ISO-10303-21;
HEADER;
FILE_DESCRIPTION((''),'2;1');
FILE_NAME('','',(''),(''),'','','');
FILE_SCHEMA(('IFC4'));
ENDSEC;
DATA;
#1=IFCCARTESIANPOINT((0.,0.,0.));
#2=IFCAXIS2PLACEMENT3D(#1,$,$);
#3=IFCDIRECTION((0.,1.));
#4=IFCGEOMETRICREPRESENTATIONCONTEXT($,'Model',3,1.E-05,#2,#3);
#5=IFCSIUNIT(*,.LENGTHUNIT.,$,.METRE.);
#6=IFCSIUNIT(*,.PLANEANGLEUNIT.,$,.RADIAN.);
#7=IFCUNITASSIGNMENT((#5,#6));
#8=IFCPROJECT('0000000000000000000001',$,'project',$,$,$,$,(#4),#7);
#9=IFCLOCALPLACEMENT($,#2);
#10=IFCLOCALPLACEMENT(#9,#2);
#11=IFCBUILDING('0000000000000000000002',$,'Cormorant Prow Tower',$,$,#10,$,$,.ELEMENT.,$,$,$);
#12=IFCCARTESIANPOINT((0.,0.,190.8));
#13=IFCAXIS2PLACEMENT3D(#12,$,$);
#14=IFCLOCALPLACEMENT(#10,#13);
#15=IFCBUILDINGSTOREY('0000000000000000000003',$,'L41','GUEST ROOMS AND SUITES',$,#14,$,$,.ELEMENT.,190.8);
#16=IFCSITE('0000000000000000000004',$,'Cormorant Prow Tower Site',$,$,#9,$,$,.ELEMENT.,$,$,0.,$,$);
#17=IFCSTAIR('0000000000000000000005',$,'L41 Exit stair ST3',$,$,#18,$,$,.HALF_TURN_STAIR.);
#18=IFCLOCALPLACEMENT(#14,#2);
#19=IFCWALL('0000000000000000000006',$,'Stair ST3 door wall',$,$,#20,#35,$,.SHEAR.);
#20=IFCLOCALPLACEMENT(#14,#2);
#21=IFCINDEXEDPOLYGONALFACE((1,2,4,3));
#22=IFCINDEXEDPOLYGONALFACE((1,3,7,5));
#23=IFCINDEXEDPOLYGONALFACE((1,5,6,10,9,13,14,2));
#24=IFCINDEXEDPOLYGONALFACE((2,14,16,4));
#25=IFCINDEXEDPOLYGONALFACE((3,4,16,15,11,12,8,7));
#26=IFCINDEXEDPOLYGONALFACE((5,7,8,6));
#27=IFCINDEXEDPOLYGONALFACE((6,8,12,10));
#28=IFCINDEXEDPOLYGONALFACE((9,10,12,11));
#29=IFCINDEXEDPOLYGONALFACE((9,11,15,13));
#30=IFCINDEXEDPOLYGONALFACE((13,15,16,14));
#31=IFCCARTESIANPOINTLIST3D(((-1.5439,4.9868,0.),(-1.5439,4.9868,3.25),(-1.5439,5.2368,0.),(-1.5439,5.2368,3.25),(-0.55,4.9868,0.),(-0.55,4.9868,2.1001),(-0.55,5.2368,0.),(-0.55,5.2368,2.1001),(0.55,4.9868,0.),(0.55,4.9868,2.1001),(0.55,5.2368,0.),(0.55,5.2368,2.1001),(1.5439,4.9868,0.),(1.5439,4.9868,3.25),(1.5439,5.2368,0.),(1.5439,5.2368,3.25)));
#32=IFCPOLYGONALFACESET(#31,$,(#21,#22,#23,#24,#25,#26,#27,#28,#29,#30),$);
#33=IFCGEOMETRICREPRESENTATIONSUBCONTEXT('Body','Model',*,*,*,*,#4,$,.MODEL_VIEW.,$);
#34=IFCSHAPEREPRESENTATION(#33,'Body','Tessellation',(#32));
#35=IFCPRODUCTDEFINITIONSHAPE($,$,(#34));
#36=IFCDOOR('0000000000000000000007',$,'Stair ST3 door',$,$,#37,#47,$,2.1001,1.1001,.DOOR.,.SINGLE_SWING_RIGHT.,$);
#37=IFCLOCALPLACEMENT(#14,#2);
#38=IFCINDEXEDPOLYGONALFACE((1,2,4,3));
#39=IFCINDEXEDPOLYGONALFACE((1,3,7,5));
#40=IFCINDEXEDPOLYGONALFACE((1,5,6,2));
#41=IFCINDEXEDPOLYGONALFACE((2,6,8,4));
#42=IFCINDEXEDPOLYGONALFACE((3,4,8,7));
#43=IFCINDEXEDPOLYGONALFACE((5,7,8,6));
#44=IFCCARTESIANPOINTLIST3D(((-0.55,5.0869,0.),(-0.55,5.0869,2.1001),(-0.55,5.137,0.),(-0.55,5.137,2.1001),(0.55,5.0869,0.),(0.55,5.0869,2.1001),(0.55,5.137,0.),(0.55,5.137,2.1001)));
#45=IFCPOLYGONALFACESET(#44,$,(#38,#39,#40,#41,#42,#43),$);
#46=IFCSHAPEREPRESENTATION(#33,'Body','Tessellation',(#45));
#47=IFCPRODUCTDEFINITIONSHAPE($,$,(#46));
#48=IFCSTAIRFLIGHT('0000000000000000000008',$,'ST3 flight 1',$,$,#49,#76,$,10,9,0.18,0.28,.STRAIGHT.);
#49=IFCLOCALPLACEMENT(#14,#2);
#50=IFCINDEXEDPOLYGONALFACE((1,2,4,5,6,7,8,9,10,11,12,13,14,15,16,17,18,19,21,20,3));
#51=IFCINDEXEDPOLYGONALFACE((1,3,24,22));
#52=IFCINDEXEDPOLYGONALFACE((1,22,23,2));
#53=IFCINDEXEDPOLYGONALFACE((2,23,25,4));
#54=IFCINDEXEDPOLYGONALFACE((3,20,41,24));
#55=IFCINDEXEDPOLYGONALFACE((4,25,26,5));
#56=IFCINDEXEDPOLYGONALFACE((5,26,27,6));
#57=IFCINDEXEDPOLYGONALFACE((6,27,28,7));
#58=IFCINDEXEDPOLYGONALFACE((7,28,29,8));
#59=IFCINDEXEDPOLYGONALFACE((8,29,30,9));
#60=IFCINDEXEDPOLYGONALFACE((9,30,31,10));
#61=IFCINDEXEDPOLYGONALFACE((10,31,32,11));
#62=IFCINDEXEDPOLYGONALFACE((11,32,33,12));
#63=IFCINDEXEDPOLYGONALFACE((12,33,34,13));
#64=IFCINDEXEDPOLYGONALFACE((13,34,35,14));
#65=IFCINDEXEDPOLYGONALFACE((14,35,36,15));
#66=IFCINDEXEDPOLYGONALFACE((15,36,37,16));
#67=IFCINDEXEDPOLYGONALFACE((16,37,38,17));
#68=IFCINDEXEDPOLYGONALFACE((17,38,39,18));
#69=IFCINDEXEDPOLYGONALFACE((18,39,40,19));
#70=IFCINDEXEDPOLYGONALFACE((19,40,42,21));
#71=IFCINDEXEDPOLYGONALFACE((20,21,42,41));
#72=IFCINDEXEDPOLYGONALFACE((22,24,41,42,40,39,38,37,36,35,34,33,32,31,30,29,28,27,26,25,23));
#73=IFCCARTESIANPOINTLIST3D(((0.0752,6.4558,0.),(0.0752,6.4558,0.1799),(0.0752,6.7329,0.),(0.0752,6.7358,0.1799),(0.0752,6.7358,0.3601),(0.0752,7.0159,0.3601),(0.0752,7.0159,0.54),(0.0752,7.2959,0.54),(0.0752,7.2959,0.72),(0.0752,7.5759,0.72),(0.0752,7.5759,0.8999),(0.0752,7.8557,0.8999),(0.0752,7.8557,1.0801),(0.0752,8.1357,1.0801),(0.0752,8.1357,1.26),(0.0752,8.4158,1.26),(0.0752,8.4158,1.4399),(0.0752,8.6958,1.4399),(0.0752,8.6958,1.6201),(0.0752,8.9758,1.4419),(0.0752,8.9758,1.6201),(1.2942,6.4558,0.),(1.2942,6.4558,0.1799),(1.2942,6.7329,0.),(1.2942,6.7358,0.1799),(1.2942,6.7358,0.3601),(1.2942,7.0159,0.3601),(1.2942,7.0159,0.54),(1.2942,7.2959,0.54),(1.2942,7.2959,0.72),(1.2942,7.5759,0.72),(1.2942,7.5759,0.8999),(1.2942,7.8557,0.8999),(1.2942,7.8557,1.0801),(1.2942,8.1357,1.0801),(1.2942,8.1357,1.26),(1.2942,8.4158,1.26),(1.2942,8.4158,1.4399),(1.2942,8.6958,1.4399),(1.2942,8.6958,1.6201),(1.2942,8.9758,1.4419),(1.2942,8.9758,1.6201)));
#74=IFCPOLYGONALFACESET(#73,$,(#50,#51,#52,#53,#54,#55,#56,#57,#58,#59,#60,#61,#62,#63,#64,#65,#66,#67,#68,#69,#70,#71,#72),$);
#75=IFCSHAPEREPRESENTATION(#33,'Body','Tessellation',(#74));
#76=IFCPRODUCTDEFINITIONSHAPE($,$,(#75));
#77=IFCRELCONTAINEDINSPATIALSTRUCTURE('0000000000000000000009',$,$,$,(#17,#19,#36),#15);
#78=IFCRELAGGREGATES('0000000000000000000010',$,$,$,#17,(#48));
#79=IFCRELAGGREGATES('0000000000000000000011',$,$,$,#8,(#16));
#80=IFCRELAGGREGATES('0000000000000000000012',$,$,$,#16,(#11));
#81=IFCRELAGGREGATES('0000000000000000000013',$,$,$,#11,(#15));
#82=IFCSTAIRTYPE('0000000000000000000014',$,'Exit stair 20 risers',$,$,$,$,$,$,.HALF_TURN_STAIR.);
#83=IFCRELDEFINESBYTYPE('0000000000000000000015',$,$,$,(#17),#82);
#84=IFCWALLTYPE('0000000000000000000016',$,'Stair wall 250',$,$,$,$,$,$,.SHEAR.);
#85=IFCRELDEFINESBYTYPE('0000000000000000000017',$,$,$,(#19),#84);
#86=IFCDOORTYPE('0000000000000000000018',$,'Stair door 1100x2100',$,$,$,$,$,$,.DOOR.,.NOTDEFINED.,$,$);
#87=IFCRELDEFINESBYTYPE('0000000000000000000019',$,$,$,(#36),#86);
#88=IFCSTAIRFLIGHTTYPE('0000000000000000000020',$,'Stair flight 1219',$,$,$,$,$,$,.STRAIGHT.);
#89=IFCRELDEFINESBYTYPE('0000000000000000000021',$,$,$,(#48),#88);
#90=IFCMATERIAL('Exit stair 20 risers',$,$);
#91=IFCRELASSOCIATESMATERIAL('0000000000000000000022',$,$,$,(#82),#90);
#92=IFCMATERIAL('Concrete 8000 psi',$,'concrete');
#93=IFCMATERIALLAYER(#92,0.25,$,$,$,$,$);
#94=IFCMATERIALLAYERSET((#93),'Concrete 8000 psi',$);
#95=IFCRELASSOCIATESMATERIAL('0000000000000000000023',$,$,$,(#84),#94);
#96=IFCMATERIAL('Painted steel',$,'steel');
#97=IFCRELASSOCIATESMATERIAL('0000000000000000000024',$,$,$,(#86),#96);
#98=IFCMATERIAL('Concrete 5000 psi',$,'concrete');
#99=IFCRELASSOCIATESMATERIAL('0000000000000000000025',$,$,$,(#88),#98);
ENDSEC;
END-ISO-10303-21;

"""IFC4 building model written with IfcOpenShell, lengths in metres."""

from ifc_helpers import new_model, si_unit, direction, frame, frame_2d, origin, place, context, subcontext, project, spatial, polyline, rectangle, outline, extrude, material, layer, layer_set, type_object, element, fill, aggregate, save


model = new_model("IFC4")

# Units and contexts
model_context = context("Model", 3, precision=1e-05, world=origin(), true_north=direction((0.0, 1.0)))
body_context = subcontext(model_context, "Body", "Model", "MODEL_VIEW")
ifc_project = project(units=[si_unit("LENGTHUNIT", "METRE"), si_unit("PLANEANGLEUNIT", "RADIAN")], contexts=[model_context])

# Site, building, storey
site_placement = place(None, origin())
site = spatial("IfcSite", under=ifc_project, at=site_placement, Name="Cormorant Prow Tower Site", CompositionType="ELEMENT", RefElevation=0.0)
building_placement = place(site_placement, origin())
building = spatial("IfcBuilding", under=site, at=building_placement, Name="Cormorant Prow Tower", CompositionType="ELEMENT")
storey_placement = place(building_placement, frame((0.0, 0.0, 190.8)))
storey = spatial("IfcBuildingStorey", under=building, at=storey_placement, Name="L41", Description="GUEST ROOMS AND SUITES", CompositionType="ELEMENT", Elevation=190.8)

# Stair
ifc_material_1 = material(Name="Exit stair 20 risers")
stair_type = type_object("IfcStairType", Name="Exit stair 20 risers", PredefinedType="HALF_TURN_STAIR", material=ifc_material_1)
stair_1_placement = place(storey_placement, origin())
stair_1 = element("IfcStair", 1, at=stair_1_placement, inside=storey, type_object=stair_type, Name="L41 Exit stair ST3", PredefinedType="HALF_TURN_STAIR")

# Shared definitions
ifc_material_2 = material(Name="Concrete 8000 psi", Category="concrete")
ifc_layer_1 = layer(ifc_material_2, 0.25)
ifc_layer_set_1 = layer_set([ifc_layer_1], Name="Concrete 8000 psi")
wall_type_1 = type_object("IfcWallType", Name="Stair wall 250", PredefinedType="SHEAR", material=ifc_layer_set_1)

# Wall, opening, door
wall_1_placement = place(storey_placement, frame((1.5439, 5.1118, 0.0), z_axis=(0.0, 0.0, 1.0), x_axis=(-1.0, 0.0, 0.0)))
wall_1 = element("IfcWall", 2, at=wall_1_placement, inside=storey, type_object=wall_type_1, Name="Stair ST3 door wall", PredefinedType="SHEAR", context=body_context, shape_type="SweptSolid", body=[
    extrude(rectangle(XDim=3.0879, YDim=0.25, at=frame_2d((1.5439, 0.0))), origin(), (0.0, 0.0, 1.0), 3.25),
])
opening_1_placement = place(wall_1_placement, frame((0.9939, 0.0, 0.0)))
opening_1 = element("IfcOpeningElement", 3, at=opening_1_placement, cuts=wall_1, PredefinedType="OPENING", context=body_context, shape_type="SweptSolid", body=[
    extrude(rectangle(XDim=1.1001, YDim=2.1001, at=frame_2d((0.55, 1.05))), frame((0.0, 0.135, 0.0), z_axis=(0.0, -1.0, 0.0), x_axis=(1.0, 0.0, 0.0)), (0.0, 0.0, 1.0), 0.27),
])
ifc_material_3 = material(Name="Painted steel", Category="steel")
door_type_1 = type_object("IfcDoorType", Name="Stair door 1100x2100", OperationType="NOTDEFINED", PredefinedType="DOOR", material=ifc_material_3)
door_1_placement = place(opening_1_placement, origin())
door_1 = element("IfcDoor", 4, at=door_1_placement, inside=storey, type_object=door_type_1, Name="Stair ST3 door", OperationType="SINGLE_SWING_RIGHT", OverallHeight=2.1001, OverallWidth=1.1001, PredefinedType="DOOR", context=body_context, shape_type="SweptSolid", body=[
    extrude(rectangle(XDim=1.1001, YDim=2.1001, at=frame_2d((0.55, 1.05))), frame((0.0, 0.0249, 0.0), z_axis=(0.0, -1.0, 0.0), x_axis=(1.0, 0.0, 0.0)), (0.0, 0.0, 1.0), 0.05),
])
fill(opening_1, door_1)

# Stair flight
ifc_material_4 = material(Name="Concrete 5000 psi", Category="concrete")
stair_flight_type = type_object("IfcStairFlightType", Name="Stair flight 1219", PredefinedType="STRAIGHT", material=ifc_material_4)
stair_flight_placement = place(storey_placement, frame((0.6846, 6.4558, 0.0), z_axis=(0.0, 0.0, 1.0), x_axis=(0.0, 1.0, 0.0)))
stair_flight = element("IfcStairFlight", 5, at=stair_flight_placement, type_object=stair_flight_type, Name="ST3 flight 1", NumberOfRisers=10, NumberOfTreads=9, PredefinedType="STRAIGHT", RiserHeight=0.18, TreadLength=0.28, context=body_context, shape_type="SweptSolid", body=[
    extrude(outline(polyline([(0.0, 0.0), (0.0, 0.1799), (0.28, 0.1799), (0.28, 0.3601), (0.5601, 0.3601), (0.5601, 0.54), (0.8401, 0.54), (0.8401, 0.72), (1.1201, 0.72), (1.1201, 0.8999), (1.3999, 0.8999), (1.3999, 1.0801), (1.6799, 1.0801), (1.6799, 1.26), (1.96, 1.26), (1.96, 1.4399), (2.24, 1.4399), (2.24, 1.6201), (2.52, 1.6201), (2.52, 1.8), (2.52, 1.4419), (0.2771, 0.0), (0.0, 0.0)])), frame((0.0, 0.6094, 0.0), z_axis=(0.0, -1.0, 0.0), x_axis=(1.0, 0.0, 0.0)), (0.0, 0.0, 1.0), 1.219),
])
aggregate(stair_1, [stair_flight])

save(model, "model.ifc")
